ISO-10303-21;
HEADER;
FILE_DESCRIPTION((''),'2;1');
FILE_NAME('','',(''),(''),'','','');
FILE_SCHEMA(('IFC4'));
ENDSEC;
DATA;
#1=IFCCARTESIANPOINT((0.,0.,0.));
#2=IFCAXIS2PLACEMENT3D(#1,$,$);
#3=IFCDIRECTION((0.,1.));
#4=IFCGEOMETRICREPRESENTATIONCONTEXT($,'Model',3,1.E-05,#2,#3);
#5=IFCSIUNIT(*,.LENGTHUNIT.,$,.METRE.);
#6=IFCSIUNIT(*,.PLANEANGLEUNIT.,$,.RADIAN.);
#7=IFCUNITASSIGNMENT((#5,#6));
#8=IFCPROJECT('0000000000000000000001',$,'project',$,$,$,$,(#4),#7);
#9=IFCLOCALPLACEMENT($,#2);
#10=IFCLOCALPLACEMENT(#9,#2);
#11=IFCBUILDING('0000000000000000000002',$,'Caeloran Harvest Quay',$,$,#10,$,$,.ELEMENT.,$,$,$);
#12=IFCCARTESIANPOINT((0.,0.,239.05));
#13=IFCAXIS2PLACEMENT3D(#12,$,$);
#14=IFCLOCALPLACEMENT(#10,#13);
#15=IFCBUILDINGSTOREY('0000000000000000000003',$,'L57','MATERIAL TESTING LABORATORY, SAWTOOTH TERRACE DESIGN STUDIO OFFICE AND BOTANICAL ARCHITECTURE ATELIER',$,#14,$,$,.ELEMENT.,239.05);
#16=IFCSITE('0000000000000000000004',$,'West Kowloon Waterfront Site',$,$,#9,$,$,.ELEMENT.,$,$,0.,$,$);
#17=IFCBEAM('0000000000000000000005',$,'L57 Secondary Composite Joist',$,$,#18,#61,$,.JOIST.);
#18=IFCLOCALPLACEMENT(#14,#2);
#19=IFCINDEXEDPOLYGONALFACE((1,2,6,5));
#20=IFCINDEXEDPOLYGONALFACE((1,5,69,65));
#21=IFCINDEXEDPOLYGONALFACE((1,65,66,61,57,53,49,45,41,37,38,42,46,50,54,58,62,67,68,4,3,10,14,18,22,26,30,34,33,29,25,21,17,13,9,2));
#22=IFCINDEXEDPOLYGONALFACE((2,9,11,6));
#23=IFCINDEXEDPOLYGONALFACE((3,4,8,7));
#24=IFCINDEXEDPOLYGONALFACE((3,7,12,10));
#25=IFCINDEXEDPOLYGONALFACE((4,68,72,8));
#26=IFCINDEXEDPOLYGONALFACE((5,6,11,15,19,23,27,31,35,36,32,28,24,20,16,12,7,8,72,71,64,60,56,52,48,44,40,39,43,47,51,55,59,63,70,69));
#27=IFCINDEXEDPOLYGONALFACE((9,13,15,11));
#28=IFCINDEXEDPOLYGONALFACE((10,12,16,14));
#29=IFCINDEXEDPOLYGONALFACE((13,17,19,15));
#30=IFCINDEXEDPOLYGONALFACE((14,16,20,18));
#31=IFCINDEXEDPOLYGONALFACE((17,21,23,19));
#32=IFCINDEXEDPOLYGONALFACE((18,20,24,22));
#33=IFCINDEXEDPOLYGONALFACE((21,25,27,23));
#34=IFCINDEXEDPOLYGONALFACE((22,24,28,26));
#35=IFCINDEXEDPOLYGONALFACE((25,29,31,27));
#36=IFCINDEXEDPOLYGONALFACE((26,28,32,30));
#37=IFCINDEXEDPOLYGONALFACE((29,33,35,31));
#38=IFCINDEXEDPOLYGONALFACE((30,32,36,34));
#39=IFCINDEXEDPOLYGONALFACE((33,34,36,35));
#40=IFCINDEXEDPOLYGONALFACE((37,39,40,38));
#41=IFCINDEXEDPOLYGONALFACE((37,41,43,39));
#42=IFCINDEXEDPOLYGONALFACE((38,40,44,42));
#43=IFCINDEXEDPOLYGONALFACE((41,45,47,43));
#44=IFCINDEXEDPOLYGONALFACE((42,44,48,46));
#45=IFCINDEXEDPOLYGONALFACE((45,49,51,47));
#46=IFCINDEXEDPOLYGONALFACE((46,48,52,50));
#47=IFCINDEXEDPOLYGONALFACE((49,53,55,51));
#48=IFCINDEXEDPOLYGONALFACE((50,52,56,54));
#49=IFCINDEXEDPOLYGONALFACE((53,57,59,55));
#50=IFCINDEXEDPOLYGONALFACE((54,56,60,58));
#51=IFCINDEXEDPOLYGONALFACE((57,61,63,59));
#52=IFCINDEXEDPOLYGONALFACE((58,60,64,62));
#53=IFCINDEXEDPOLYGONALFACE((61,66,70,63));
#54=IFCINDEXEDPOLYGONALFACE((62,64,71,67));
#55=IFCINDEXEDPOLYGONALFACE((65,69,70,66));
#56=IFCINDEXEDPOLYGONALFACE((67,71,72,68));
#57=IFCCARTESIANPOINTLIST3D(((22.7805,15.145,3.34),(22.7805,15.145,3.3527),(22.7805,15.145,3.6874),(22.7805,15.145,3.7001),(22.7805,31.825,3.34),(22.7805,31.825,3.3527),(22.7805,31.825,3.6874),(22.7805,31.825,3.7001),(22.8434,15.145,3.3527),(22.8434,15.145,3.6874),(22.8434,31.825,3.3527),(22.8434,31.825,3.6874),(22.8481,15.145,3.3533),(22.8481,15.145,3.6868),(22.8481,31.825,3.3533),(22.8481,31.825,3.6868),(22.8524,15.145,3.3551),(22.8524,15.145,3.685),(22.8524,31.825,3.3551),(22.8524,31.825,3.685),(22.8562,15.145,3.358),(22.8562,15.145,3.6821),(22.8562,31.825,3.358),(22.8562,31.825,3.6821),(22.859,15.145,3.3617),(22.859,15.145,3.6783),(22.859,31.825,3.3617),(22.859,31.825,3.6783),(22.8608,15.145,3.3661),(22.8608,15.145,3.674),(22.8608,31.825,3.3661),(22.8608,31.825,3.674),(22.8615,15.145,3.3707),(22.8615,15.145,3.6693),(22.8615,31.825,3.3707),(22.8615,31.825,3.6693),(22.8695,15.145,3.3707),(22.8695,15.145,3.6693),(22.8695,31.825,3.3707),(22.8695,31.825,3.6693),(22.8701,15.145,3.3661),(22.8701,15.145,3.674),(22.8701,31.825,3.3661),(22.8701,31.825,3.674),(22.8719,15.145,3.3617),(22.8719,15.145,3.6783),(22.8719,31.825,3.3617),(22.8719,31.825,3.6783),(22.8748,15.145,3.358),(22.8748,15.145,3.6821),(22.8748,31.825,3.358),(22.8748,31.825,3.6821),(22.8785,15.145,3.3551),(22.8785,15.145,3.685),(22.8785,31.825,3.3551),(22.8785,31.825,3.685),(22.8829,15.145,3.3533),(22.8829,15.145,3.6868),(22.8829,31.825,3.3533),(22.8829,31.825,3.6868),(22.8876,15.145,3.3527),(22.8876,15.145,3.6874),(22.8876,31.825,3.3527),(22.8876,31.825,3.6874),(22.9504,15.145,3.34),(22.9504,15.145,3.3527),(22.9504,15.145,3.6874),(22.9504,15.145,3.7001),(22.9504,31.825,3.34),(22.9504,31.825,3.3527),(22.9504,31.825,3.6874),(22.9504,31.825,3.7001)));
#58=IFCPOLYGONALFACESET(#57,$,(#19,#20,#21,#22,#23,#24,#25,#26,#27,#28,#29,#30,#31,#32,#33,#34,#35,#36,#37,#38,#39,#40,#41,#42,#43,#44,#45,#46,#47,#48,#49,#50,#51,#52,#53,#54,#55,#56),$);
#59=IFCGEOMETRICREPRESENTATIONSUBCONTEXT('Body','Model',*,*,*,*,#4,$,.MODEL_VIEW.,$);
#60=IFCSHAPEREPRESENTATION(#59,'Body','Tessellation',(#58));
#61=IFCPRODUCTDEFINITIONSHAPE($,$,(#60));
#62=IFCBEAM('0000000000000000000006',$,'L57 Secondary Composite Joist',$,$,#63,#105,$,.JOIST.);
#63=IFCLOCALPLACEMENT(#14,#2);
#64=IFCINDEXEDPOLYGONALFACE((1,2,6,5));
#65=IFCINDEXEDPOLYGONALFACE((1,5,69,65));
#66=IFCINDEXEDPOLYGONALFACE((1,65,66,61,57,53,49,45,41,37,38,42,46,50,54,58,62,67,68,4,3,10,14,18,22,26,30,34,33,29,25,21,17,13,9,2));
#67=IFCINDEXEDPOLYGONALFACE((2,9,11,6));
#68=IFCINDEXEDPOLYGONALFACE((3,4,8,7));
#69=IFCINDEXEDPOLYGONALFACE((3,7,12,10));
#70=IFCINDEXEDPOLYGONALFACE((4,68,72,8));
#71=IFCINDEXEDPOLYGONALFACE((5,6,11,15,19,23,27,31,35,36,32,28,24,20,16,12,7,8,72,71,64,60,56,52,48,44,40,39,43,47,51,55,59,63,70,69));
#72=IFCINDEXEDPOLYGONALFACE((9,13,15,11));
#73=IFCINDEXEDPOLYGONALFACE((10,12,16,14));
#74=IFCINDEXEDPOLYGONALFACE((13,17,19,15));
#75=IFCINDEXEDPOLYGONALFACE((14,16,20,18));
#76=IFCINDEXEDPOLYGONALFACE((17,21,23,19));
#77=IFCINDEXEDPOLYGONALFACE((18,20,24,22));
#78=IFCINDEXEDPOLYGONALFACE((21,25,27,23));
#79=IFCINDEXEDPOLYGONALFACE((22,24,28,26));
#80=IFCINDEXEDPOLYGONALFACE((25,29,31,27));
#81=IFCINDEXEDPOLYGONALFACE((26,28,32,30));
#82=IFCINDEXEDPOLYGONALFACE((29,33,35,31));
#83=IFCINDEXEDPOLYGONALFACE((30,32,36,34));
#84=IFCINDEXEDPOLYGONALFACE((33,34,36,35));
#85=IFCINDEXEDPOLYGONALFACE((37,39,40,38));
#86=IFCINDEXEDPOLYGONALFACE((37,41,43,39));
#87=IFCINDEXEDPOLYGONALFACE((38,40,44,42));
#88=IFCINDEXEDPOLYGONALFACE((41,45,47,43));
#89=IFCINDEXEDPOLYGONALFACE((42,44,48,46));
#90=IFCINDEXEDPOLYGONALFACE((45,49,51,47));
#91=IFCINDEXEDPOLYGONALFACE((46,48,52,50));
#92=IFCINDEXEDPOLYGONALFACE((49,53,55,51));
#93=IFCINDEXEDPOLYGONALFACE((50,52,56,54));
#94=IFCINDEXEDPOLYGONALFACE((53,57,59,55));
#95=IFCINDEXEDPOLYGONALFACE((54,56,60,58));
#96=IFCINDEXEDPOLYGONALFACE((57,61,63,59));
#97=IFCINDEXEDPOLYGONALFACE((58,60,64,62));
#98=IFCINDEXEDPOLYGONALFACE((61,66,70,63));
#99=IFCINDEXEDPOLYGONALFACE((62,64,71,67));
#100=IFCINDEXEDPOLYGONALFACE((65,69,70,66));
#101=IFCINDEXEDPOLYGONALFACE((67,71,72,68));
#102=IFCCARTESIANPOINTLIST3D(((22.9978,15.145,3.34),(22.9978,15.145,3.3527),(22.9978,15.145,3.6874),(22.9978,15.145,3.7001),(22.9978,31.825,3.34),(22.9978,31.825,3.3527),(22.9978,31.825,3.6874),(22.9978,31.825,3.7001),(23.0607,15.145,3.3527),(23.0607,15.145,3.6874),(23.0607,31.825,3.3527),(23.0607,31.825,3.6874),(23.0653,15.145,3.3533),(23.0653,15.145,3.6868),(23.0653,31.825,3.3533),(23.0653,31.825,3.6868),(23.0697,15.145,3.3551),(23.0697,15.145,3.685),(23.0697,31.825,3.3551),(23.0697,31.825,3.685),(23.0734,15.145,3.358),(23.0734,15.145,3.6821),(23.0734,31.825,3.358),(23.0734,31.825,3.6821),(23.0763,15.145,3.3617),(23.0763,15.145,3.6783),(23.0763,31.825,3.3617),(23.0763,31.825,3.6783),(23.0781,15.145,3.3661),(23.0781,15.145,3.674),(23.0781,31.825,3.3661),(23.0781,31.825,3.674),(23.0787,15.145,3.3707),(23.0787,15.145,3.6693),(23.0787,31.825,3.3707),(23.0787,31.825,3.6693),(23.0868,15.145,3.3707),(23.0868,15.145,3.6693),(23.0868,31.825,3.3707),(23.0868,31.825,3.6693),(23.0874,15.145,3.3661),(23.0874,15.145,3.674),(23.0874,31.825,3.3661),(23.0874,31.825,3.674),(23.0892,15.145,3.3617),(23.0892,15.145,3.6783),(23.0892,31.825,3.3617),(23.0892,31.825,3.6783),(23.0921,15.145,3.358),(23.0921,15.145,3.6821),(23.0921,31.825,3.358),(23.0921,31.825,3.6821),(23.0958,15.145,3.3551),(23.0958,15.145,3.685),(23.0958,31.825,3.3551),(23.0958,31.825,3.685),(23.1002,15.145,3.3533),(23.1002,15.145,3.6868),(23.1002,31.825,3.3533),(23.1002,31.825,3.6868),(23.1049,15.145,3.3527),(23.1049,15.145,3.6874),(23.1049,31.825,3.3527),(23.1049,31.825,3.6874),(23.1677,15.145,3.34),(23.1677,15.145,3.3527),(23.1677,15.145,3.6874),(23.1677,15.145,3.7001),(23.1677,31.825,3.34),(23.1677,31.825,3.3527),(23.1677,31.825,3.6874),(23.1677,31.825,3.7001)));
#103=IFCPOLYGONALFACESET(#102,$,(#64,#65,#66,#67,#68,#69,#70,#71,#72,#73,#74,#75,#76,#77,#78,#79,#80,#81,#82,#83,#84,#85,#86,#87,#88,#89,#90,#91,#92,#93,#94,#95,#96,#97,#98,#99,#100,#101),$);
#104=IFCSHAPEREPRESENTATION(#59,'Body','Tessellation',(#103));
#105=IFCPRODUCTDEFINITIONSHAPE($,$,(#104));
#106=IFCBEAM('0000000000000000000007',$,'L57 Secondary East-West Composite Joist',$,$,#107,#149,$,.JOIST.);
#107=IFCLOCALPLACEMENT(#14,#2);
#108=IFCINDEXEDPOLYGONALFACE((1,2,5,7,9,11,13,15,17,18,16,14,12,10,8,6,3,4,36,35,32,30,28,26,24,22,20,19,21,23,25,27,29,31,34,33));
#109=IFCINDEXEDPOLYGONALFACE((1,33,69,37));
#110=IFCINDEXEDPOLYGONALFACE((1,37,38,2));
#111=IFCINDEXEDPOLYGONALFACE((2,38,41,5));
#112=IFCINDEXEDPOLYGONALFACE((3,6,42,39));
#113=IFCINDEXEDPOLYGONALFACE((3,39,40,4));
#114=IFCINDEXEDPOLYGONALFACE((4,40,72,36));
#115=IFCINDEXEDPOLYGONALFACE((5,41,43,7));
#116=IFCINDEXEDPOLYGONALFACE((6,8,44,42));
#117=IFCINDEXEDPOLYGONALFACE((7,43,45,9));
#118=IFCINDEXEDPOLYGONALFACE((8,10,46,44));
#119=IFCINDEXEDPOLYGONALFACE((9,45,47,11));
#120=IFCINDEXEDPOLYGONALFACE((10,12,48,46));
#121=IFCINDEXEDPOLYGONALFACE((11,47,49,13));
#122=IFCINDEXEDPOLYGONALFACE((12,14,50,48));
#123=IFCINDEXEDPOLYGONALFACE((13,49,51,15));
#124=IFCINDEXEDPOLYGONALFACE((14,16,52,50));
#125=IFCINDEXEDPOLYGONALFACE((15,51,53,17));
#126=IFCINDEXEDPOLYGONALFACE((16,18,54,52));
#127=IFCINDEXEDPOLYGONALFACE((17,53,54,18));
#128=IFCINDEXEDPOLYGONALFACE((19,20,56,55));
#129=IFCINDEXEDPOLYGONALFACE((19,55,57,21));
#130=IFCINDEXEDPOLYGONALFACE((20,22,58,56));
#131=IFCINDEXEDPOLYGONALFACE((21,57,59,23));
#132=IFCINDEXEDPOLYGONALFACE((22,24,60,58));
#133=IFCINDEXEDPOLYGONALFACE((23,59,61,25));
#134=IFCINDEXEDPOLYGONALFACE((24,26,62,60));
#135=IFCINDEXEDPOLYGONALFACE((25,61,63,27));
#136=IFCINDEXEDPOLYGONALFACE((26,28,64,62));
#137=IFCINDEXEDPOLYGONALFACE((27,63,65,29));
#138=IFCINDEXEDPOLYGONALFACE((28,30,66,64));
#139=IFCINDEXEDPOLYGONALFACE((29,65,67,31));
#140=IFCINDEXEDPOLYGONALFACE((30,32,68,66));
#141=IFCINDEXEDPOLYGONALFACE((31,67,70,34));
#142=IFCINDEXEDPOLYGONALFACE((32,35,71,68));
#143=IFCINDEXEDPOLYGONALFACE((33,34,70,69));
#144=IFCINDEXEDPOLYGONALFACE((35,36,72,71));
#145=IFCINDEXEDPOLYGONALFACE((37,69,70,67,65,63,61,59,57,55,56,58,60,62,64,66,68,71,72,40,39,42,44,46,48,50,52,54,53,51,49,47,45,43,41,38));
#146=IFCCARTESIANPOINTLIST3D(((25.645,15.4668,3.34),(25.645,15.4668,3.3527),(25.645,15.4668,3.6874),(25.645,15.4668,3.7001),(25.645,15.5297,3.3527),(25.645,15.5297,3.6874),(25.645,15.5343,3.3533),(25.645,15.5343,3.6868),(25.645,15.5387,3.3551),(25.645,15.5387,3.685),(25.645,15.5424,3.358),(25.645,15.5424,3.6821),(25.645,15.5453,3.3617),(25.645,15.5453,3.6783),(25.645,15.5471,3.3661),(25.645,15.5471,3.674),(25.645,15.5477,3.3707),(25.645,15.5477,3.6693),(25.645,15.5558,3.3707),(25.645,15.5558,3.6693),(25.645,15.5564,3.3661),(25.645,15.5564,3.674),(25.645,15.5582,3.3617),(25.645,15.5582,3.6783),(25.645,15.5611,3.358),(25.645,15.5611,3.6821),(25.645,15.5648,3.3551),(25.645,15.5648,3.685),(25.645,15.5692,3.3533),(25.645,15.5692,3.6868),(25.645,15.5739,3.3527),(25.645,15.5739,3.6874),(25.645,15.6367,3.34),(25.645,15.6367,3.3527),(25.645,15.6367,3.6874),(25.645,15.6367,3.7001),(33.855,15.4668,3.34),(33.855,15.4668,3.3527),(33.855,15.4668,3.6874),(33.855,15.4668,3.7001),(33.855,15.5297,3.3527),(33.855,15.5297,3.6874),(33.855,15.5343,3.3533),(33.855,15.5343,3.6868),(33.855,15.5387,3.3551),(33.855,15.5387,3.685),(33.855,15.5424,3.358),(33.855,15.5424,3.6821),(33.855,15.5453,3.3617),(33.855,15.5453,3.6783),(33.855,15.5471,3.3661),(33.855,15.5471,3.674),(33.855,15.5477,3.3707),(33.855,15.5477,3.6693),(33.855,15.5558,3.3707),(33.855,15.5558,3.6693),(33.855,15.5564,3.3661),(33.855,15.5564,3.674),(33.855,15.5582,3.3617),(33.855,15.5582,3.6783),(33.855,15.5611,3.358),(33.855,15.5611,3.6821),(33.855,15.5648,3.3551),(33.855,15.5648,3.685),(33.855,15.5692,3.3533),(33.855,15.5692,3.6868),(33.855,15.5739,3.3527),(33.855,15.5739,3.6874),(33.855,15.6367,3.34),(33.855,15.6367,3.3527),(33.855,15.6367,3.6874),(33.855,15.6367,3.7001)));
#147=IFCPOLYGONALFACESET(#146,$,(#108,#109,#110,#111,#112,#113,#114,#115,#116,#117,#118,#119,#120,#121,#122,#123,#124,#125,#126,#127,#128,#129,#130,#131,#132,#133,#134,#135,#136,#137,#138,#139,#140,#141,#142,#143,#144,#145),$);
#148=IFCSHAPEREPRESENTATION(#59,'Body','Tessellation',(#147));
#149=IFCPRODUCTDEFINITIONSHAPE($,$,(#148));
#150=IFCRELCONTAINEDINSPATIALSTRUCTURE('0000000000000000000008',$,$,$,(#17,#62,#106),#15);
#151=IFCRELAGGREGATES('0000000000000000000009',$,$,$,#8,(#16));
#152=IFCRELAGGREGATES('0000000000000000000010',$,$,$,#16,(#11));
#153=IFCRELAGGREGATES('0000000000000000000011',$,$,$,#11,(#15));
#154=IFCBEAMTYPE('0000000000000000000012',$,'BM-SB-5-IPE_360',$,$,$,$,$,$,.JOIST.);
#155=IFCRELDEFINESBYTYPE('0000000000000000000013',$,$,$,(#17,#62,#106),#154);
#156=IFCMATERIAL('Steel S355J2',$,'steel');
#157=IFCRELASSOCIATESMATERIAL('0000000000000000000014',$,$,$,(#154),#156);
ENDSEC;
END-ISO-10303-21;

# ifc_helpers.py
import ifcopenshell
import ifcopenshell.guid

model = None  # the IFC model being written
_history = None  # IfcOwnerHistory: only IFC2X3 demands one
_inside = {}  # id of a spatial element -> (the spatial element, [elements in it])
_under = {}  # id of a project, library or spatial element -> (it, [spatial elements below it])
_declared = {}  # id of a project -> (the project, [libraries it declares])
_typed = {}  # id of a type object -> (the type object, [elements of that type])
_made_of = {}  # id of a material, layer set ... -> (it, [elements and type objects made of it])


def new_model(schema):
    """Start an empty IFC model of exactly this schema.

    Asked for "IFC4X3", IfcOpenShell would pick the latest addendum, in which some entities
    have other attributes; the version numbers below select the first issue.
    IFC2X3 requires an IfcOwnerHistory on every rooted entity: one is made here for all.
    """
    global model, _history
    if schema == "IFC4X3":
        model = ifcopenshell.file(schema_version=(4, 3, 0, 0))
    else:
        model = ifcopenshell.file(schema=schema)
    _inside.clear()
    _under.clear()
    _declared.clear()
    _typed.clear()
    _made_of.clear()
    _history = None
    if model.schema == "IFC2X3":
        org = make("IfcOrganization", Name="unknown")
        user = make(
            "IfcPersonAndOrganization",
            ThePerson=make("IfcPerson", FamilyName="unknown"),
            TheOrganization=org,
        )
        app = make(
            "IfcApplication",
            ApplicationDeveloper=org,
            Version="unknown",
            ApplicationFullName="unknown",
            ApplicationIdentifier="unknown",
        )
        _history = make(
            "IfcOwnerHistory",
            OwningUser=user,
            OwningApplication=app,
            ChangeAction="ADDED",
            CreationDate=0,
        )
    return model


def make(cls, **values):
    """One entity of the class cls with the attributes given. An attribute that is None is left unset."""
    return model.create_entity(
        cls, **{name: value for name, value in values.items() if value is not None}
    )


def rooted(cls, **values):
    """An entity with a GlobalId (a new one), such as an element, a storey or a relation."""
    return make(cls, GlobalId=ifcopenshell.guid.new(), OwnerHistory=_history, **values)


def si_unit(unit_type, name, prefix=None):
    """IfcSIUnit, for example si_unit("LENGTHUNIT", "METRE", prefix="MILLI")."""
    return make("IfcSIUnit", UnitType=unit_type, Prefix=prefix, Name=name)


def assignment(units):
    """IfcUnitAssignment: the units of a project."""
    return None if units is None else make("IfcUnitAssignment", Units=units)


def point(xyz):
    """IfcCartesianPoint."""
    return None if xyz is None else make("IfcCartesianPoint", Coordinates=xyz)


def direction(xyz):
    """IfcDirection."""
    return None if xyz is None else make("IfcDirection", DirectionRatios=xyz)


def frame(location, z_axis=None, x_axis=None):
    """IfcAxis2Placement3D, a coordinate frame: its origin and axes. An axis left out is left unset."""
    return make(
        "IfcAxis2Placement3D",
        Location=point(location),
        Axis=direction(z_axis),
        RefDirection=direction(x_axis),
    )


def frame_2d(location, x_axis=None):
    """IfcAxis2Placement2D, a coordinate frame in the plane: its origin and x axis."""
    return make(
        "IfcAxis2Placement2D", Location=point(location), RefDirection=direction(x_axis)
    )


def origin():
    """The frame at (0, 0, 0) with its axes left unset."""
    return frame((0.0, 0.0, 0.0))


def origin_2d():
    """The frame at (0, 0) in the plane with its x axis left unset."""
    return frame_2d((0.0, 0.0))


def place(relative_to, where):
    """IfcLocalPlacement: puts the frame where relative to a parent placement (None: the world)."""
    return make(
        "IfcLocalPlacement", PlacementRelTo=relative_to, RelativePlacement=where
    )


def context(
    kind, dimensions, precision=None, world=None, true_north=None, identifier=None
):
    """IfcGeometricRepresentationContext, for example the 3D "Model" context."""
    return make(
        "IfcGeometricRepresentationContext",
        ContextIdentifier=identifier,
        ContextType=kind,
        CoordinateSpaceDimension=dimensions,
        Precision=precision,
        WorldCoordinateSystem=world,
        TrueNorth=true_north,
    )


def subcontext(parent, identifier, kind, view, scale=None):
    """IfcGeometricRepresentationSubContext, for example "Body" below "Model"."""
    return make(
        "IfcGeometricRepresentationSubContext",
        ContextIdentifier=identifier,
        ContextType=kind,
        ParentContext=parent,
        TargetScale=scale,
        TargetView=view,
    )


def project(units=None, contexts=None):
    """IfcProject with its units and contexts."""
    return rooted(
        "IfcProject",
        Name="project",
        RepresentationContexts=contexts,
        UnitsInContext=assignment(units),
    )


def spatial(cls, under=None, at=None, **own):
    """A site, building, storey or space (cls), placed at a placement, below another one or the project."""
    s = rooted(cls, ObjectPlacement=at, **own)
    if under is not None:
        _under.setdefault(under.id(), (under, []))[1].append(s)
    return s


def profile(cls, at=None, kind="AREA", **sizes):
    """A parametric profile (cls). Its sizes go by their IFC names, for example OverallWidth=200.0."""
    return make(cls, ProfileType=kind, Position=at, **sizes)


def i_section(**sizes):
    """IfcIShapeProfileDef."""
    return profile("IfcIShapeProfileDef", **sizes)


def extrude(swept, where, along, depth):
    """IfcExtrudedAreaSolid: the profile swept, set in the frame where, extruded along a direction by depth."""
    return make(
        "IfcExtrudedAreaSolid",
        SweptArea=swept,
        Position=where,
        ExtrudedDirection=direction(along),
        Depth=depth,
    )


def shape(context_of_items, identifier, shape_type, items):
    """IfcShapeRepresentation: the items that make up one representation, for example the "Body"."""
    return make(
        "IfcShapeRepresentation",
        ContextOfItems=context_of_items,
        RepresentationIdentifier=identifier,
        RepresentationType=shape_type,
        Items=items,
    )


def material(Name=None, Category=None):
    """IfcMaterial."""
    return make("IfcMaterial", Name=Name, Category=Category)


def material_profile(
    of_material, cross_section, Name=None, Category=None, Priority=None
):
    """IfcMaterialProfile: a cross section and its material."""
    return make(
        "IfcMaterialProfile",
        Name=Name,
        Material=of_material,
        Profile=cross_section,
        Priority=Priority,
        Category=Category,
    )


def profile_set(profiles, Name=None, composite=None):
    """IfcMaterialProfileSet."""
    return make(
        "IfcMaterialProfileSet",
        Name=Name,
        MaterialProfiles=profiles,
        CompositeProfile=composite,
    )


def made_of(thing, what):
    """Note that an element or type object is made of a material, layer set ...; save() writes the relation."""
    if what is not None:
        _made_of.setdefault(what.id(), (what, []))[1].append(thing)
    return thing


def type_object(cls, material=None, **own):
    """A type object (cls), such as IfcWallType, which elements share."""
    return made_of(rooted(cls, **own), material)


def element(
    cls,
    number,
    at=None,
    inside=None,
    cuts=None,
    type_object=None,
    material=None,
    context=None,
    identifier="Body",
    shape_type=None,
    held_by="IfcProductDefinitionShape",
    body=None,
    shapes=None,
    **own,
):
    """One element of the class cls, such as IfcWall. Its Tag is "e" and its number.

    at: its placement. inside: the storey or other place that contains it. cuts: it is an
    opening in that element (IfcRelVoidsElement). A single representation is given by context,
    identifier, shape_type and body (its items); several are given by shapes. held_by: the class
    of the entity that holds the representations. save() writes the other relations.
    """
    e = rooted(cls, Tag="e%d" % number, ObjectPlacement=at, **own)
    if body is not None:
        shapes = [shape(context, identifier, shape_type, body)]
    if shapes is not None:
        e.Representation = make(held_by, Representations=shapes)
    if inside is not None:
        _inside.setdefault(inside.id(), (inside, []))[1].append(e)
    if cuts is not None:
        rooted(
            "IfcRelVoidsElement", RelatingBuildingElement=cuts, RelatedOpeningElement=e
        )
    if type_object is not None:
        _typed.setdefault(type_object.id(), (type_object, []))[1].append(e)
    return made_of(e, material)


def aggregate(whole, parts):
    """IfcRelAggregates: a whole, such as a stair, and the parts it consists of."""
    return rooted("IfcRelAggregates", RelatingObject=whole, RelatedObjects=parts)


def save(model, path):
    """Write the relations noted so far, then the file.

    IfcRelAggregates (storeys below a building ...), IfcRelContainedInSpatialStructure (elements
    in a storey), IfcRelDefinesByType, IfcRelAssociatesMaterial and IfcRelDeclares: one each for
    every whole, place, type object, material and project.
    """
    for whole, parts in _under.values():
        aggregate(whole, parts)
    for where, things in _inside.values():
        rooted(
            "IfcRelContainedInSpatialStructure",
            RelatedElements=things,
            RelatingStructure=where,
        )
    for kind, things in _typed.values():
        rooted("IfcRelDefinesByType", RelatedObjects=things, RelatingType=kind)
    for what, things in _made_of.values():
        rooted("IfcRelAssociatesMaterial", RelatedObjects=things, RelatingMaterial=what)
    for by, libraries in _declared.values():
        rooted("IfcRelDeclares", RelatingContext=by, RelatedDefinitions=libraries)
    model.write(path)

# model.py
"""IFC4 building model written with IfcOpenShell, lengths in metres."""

from ifc_helpers import new_model, si_unit, direction, frame, origin, origin_2d, place, context, subcontext, project, spatial, i_section, extrude, material, material_profile, profile_set, type_object, element, save


model = new_model("IFC4")

# Units and contexts
model_context = context("Model", 3, precision=1e-05, world=origin(), true_north=direction((0.0, 1.0)))
body_context = subcontext(model_context, "Body", "Model", "MODEL_VIEW")
ifc_project = project(units=[si_unit("LENGTHUNIT", "METRE"), si_unit("PLANEANGLEUNIT", "RADIAN")], contexts=[model_context])

# Site, building, storey
site_placement = place(None, origin())
site = spatial("IfcSite", under=ifc_project, at=site_placement, Name="West Kowloon Waterfront Site", CompositionType="ELEMENT", RefElevation=0.0)
building_placement = place(site_placement, origin())
building = spatial("IfcBuilding", under=site, at=building_placement, Name="Caeloran Harvest Quay", CompositionType="ELEMENT")
storey_placement = place(building_placement, frame((0.0, 0.0, 239.05)))
storey = spatial("IfcBuildingStorey", under=building, at=storey_placement, Name="L57", Description="MATERIAL TESTING LABORATORY, SAWTOOTH TERRACE DESIGN STUDIO OFFICE AND BOTANICAL ARCHITECTURE ATELIER", CompositionType="ELEMENT", Elevation=239.05)

# Beams
ifc_material_1 = material(Name="Steel S355J2", Category="steel")
ifc_material_profile_1 = material_profile(ifc_material_1, i_section(OverallWidth=0.1699, OverallDepth=0.3601, WebThickness=0.0081, FlangeThickness=0.0127, FilletRadius=0.0181, at=origin_2d()), Name="IPE 360")
ifc_profile_set_1 = profile_set([ifc_material_profile_1], Name="Steel S355J2")
beam_type_1 = type_object("IfcBeamType", Name="BM-SB-5-IPE_360", PredefinedType="JOIST", material=ifc_profile_set_1)
for number, where, z_axis, x_axis, name in (
    (1, (22.8655, 15.145, 3.52), (0.0, 1.0, 0.0), (-1.0, 0.0, 0.0), "L57 Secondary Composite Joist"),
    (2, (23.0828, 15.145, 3.52), (0.0, 1.0, 0.0), (-1.0, 0.0, 0.0), "L57 Secondary Composite Joist"),
):
    element("IfcBeam", number, at=place(storey_placement, frame(where, z_axis=z_axis, x_axis=x_axis)), inside=storey, type_object=beam_type_1, Name=name, PredefinedType="JOIST", context=body_context, shape_type="SweptSolid", body=[
        extrude(i_section(OverallWidth=0.1699, OverallDepth=0.3601, WebThickness=0.0081, FlangeThickness=0.0127, FilletRadius=0.0181, at=origin_2d()), origin(), (0.0, 0.0, 1.0), 16.6799),
    ])
beam_1_placement = place(storey_placement, frame((25.645, 15.5518, 3.52), z_axis=(1.0, 0.0, 0.0), x_axis=(0.0, 1.0, 0.0)))
element("IfcBeam", 3, at=beam_1_placement, inside=storey, type_object=beam_type_1, Name="L57 Secondary East-West Composite Joist", PredefinedType="JOIST", context=body_context, shape_type="SweptSolid", body=[
    extrude(i_section(OverallWidth=0.1699, OverallDepth=0.3601, WebThickness=0.0081, FlangeThickness=0.0127, FilletRadius=0.0181, at=origin_2d()), origin(), (0.0, 0.0, 1.0), 8.21),
])

save(model, "model.ifc")
